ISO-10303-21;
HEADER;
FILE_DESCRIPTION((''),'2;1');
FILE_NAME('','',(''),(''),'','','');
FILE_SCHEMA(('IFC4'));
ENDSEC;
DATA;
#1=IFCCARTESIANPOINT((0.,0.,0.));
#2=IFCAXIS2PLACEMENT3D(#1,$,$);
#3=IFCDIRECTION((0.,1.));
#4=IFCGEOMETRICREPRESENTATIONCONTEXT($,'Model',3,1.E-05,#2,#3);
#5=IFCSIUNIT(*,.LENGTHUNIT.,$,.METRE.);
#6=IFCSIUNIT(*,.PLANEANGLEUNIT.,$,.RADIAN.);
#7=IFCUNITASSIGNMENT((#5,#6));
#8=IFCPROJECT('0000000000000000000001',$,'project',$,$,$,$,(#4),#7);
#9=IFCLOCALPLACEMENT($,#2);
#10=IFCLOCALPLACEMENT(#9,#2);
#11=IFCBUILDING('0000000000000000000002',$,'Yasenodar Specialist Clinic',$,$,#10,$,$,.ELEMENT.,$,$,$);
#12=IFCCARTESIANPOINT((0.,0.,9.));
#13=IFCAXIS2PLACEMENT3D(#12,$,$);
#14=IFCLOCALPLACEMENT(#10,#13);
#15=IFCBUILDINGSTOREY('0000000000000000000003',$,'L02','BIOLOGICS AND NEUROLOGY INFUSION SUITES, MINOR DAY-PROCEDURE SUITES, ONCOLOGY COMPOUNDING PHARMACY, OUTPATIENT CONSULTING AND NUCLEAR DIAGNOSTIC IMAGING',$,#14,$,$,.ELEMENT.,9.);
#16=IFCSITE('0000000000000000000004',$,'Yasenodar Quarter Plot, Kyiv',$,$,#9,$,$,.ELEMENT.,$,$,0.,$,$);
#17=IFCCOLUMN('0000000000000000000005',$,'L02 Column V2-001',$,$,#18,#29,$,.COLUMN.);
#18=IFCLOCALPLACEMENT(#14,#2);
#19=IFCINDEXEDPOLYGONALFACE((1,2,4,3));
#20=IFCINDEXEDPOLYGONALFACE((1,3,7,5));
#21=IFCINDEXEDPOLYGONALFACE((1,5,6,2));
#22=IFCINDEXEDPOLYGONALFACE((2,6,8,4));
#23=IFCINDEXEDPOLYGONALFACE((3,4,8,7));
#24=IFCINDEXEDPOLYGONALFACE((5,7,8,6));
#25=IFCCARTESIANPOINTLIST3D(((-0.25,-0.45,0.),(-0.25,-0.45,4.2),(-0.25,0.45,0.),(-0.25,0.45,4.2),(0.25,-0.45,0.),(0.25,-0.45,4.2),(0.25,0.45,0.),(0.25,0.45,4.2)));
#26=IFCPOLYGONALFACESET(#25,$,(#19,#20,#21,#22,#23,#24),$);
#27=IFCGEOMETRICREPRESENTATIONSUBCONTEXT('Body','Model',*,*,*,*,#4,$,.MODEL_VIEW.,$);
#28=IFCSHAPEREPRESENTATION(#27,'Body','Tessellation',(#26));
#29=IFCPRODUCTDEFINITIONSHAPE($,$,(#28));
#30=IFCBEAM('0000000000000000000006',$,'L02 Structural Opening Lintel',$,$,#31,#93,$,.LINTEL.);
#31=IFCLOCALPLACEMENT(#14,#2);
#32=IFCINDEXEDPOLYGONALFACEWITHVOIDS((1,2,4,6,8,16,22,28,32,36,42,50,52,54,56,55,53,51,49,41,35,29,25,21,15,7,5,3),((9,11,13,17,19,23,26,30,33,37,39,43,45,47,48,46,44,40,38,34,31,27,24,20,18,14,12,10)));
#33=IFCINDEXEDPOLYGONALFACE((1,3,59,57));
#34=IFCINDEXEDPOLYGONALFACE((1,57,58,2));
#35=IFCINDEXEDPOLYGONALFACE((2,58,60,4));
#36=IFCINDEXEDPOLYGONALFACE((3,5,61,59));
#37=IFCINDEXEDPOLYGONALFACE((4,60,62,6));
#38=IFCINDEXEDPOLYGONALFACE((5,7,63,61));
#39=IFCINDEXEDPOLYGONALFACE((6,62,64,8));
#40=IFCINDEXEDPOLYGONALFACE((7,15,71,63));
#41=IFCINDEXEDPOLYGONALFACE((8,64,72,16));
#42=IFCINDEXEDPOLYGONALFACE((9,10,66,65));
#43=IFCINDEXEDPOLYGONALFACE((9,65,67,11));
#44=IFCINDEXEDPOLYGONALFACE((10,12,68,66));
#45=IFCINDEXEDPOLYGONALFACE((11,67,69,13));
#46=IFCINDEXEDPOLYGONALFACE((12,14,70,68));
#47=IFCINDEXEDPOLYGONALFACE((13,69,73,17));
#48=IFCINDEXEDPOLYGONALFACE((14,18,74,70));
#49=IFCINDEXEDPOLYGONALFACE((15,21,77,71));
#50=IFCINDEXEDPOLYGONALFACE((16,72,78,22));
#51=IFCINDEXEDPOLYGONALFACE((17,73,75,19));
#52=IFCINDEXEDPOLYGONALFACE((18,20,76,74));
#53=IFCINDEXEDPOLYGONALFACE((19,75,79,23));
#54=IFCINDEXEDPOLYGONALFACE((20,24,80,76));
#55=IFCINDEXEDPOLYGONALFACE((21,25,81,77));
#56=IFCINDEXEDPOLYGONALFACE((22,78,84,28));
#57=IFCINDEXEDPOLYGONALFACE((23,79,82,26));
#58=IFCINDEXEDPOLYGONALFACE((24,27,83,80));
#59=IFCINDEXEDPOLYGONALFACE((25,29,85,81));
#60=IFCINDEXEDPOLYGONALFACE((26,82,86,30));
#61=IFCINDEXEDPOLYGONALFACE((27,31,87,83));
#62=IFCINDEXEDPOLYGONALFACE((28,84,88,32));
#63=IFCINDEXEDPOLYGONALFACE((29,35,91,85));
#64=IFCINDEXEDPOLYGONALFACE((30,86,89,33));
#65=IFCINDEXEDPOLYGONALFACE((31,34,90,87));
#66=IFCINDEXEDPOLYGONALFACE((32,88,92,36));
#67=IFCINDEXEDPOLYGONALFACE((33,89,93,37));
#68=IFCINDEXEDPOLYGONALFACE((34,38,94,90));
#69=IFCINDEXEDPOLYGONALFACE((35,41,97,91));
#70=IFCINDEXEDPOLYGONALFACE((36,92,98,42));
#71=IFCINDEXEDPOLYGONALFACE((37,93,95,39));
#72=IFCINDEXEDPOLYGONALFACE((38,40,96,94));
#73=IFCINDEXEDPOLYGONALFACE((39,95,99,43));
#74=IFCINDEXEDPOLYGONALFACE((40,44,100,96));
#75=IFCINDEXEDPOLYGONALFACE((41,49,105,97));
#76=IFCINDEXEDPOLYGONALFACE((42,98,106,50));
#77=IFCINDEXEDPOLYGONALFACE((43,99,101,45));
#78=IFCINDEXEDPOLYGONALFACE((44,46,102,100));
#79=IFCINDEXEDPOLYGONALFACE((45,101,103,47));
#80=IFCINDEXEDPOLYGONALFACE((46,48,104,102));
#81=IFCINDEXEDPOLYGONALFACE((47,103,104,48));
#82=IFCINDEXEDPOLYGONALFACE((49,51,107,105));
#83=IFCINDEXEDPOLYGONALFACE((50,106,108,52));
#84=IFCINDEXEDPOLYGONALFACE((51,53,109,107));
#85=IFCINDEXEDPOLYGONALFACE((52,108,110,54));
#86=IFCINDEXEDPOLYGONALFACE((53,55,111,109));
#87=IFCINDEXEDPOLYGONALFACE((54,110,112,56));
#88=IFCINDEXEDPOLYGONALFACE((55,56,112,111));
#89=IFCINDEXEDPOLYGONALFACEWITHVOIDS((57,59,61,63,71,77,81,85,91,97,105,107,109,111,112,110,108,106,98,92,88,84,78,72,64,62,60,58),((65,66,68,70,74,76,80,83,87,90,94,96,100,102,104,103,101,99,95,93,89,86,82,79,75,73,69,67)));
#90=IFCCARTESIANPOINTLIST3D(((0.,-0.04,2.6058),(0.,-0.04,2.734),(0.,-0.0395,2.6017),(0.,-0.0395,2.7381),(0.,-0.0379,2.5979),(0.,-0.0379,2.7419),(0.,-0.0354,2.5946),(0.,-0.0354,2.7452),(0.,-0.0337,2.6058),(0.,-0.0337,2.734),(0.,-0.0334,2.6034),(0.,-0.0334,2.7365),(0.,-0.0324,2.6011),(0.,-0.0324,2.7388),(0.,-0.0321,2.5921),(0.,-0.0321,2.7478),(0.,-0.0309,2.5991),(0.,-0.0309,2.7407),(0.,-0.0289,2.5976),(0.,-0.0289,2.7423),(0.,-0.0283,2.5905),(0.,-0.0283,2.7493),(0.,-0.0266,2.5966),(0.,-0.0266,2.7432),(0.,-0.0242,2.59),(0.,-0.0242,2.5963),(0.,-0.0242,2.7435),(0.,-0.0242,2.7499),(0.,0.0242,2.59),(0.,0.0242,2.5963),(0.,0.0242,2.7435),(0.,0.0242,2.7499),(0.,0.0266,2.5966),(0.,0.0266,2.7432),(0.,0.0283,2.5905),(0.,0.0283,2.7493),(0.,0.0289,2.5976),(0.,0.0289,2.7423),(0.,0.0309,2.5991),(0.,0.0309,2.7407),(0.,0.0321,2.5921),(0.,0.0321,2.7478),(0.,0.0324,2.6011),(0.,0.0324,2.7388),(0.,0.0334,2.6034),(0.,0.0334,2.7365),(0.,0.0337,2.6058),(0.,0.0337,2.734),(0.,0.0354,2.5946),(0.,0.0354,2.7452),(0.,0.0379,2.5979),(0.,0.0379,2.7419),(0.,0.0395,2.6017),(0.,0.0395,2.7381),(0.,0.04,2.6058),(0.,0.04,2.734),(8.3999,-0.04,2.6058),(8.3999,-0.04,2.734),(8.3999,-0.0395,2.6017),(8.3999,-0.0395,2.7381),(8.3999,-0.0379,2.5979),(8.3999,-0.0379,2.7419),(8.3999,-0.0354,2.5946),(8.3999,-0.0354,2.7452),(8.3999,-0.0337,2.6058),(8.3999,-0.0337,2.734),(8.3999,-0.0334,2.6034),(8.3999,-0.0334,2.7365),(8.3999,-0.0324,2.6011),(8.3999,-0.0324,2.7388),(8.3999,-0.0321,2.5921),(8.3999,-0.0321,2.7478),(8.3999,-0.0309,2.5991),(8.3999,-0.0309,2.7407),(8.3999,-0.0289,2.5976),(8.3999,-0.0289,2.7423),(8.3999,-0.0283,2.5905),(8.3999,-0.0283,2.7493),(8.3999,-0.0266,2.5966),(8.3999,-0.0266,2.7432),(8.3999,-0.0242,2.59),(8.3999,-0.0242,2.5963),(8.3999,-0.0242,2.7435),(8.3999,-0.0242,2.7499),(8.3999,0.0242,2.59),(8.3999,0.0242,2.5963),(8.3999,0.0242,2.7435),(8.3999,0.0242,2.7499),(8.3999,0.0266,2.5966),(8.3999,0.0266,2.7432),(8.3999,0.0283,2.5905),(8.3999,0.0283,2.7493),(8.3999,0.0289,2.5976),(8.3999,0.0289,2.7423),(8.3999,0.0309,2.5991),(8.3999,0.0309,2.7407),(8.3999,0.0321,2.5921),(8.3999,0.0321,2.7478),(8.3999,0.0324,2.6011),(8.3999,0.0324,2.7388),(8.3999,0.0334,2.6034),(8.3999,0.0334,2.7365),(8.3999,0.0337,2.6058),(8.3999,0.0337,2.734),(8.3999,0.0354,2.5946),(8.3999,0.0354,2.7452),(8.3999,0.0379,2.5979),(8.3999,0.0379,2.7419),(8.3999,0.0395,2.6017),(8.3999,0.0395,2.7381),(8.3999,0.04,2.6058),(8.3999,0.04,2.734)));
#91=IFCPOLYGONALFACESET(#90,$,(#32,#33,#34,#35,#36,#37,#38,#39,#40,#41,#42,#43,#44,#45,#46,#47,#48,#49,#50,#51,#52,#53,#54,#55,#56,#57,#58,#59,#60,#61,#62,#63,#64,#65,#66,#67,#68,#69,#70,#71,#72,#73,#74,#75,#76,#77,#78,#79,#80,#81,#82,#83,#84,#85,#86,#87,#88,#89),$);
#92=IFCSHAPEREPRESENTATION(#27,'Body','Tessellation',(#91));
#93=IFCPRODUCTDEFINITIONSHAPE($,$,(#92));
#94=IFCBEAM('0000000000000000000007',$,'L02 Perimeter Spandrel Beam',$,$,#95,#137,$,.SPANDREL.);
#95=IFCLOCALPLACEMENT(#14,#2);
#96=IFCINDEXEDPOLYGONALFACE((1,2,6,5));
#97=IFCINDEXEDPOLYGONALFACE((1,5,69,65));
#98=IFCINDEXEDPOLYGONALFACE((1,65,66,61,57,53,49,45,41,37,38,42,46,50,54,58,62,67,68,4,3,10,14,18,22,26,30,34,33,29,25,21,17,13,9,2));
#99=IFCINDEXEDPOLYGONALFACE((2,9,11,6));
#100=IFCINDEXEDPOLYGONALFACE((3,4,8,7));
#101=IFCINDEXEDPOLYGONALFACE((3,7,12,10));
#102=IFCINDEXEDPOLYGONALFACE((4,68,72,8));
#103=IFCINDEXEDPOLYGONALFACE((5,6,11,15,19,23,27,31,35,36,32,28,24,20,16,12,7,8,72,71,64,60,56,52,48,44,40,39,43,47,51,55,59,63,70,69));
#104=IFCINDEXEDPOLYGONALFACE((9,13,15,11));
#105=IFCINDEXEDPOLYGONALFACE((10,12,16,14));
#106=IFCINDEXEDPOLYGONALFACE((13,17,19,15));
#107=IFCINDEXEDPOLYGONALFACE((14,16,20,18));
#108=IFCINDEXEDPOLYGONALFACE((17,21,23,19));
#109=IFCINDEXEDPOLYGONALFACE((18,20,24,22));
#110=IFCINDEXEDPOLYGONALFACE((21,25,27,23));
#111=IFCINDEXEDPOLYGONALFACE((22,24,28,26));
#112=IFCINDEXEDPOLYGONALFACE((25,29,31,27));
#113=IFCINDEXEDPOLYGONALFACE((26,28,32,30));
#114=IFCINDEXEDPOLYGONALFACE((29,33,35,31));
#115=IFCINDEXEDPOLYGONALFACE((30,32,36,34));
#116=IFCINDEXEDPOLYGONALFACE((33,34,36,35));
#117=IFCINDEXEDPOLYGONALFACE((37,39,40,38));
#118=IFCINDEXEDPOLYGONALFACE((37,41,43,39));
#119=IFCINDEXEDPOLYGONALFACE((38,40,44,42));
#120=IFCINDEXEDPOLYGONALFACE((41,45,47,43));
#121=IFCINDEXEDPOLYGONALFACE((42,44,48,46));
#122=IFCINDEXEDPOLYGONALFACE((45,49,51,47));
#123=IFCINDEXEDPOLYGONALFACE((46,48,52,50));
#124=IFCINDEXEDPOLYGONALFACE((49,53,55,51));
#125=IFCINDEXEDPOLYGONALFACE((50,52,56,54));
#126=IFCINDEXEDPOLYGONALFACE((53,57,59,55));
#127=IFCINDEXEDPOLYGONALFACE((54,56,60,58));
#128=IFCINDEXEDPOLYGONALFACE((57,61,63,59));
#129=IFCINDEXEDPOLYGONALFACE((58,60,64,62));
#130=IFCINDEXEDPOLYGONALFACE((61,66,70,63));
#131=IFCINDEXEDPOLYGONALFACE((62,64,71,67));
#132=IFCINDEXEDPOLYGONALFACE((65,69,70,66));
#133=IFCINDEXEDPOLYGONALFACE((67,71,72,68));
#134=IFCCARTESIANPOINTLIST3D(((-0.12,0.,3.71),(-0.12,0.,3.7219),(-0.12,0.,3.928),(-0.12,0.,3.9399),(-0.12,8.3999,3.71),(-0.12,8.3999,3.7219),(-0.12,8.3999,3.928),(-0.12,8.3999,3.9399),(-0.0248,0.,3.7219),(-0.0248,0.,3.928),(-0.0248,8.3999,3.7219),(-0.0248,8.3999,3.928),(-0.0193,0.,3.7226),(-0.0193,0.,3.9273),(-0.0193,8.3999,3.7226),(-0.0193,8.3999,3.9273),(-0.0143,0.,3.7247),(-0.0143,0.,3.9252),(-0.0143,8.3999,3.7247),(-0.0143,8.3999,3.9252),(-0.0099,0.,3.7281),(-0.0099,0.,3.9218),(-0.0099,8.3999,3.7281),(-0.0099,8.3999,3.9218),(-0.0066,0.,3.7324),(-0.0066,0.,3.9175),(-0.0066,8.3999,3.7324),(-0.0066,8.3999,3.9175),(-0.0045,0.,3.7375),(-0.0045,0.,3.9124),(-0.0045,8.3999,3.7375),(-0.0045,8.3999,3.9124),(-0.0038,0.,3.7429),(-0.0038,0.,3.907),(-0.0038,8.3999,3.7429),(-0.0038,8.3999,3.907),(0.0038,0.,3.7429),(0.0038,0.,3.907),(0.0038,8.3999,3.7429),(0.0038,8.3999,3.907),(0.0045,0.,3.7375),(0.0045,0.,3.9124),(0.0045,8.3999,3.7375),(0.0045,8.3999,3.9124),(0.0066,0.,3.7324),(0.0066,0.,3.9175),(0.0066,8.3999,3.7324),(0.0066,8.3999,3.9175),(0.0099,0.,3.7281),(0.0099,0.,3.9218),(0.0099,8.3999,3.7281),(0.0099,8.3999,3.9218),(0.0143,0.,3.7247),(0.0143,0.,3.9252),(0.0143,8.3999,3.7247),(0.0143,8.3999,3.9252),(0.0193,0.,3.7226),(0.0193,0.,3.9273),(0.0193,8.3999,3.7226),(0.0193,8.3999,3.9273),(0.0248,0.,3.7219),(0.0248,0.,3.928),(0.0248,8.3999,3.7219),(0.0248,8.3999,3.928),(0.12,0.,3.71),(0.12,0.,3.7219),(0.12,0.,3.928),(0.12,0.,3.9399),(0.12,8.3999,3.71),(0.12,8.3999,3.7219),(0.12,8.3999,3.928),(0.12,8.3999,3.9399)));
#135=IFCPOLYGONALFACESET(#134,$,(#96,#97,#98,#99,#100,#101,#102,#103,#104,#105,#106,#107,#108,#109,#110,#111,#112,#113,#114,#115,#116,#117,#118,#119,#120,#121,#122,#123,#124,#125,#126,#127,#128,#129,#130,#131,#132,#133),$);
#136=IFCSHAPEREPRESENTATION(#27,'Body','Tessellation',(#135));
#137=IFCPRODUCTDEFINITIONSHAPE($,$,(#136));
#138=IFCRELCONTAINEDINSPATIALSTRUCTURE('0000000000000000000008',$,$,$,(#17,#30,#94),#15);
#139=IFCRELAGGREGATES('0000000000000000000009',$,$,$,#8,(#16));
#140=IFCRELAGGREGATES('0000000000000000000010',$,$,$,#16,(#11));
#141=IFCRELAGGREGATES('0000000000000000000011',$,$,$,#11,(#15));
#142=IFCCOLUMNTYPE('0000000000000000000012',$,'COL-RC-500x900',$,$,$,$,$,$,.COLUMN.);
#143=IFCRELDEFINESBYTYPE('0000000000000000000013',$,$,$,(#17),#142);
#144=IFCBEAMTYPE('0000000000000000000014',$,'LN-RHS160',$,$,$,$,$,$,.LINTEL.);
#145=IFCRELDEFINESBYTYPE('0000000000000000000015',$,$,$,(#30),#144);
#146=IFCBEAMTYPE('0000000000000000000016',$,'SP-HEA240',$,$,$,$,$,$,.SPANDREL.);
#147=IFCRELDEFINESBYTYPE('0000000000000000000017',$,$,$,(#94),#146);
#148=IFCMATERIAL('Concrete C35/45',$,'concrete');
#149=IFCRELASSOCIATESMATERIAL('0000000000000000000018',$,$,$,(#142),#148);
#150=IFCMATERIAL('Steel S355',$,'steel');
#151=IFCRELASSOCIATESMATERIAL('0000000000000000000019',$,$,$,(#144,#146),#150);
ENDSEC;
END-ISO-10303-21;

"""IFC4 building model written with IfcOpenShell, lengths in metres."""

from ifc_helpers import new_model, si_unit, direction, frame, origin, origin_with_axes, origin_2d, place, context, subcontext, project, spatial, rectangle, hollow_rectangle, i_section, extrude, material, material_profile, profile_set, type_object, element, save


model = new_model("IFC4")

# Units and contexts
model_context = context("Model", 3, precision=1e-05, world=origin(), true_north=direction((0.0, 1.0)))
body_context = subcontext(model_context, "Body", "Model", "MODEL_VIEW")
ifc_project = project(units=[si_unit("LENGTHUNIT", "METRE"), si_unit("PLANEANGLEUNIT", "RADIAN")], contexts=[model_context])

# Site, building, storey
site_placement = place(None, origin())
site = spatial("IfcSite", under=ifc_project, at=site_placement, Name="Yasenodar Quarter Plot, Kyiv", CompositionType="ELEMENT", RefElevation=0.0)
building_placement = place(site_placement, origin())
building = spatial("IfcBuilding", under=site, at=building_placement, Name="Yasenodar Specialist Clinic", CompositionType="ELEMENT")
storey_placement = place(building_placement, frame((0.0, 0.0, 9.0)))
storey = spatial("IfcBuildingStorey", under=building, at=storey_placement, Name="L02", Description="BIOLOGICS AND NEUROLOGY INFUSION SUITES, MINOR DAY-PROCEDURE SUITES, ONCOLOGY COMPOUNDING PHARMACY, OUTPATIENT CONSULTING AND NUCLEAR DIAGNOSTIC IMAGING", CompositionType="ELEMENT", Elevation=9.0)

# Column
ifc_material_1 = material(Name="Concrete C35/45", Category="concrete")
ifc_material_profile_1 = material_profile(ifc_material_1, rectangle(XDim=0.5, YDim=0.8999, at=origin_2d()), Name="RC 500x900")
ifc_profile_set_1 = profile_set([ifc_material_profile_1], Name="Concrete C35/45")
column_type = type_object("IfcColumnType", Name="COL-RC-500x900", PredefinedType="COLUMN", material=ifc_profile_set_1)
column_placement = place(storey_placement, origin_with_axes())
element("IfcColumn", 1, at=column_placement, inside=storey, type_object=column_type, Name="L02 Column V2-001", PredefinedType="COLUMN", context=body_context, shape_type="SweptSolid", body=[
    extrude(rectangle(XDim=0.5, YDim=0.8999, at=origin_2d()), origin(), (0.0, 0.0, 1.0), 4.2),
])

# Beams
ifc_material_2 = material(Name="Steel S355", Category="steel")
ifc_material_profile_2 = material_profile(ifc_material_2, hollow_rectangle(XDim=0.0801, YDim=0.1599, WallThickness=0.0063, InnerFilletRadius=0.0095, OuterFilletRadius=0.0159, at=origin_2d()), Name="RHS 160x80x6.3")
ifc_profile_set_2 = profile_set([ifc_material_profile_2], Name="Steel S355")
beam_type_1 = type_object("IfcBeamType", Name="LN-RHS160", PredefinedType="LINTEL", material=ifc_profile_set_2)
beam_1_placement = place(storey_placement, frame((0.0, 0.0, 2.6699), z_axis=(1.0, 0.0, 0.0), x_axis=(0.0, 1.0, 0.0)))
element("IfcBeam", 2, at=beam_1_placement, inside=storey, type_object=beam_type_1, Name="L02 Structural Opening Lintel", PredefinedType="LINTEL", context=body_context, shape_type="SweptSolid", body=[
    extrude(hollow_rectangle(XDim=0.0801, YDim=0.1599, WallThickness=0.0063, InnerFilletRadius=0.0095, OuterFilletRadius=0.0159, at=origin_2d()), origin(), (0.0, 0.0, 1.0), 8.3999),
])
ifc_material_profile_3 = material_profile(ifc_material_2, i_section(OverallWidth=0.24, OverallDepth=0.23, WebThickness=0.0076, FlangeThickness=0.012, FilletRadius=0.021, at=origin_2d()), Name="HEA 240")
ifc_profile_set_3 = profile_set([ifc_material_profile_3], Name="Steel S355")
beam_type_2 = type_object("IfcBeamType", Name="SP-HEA240", PredefinedType="SPANDREL", material=ifc_profile_set_3)
beam_2_placement = place(storey_placement, frame((0.0, 0.0, 3.825), z_axis=(0.0, 1.0, 0.0), x_axis=(-1.0, 0.0, 0.0)))
element("IfcBeam", 3, at=beam_2_placement, inside=storey, type_object=beam_type_2, Name="L02 Perimeter Spandrel Beam", PredefinedType="SPANDREL", context=body_context, shape_type="SweptSolid", body=[
    extrude(i_section(OverallWidth=0.24, OverallDepth=0.23, WebThickness=0.0076, FlangeThickness=0.012, FilletRadius=0.021, at=origin_2d()), origin(), (0.0, 0.0, 1.0), 8.3999),
])

save(model, "model.ifc")
